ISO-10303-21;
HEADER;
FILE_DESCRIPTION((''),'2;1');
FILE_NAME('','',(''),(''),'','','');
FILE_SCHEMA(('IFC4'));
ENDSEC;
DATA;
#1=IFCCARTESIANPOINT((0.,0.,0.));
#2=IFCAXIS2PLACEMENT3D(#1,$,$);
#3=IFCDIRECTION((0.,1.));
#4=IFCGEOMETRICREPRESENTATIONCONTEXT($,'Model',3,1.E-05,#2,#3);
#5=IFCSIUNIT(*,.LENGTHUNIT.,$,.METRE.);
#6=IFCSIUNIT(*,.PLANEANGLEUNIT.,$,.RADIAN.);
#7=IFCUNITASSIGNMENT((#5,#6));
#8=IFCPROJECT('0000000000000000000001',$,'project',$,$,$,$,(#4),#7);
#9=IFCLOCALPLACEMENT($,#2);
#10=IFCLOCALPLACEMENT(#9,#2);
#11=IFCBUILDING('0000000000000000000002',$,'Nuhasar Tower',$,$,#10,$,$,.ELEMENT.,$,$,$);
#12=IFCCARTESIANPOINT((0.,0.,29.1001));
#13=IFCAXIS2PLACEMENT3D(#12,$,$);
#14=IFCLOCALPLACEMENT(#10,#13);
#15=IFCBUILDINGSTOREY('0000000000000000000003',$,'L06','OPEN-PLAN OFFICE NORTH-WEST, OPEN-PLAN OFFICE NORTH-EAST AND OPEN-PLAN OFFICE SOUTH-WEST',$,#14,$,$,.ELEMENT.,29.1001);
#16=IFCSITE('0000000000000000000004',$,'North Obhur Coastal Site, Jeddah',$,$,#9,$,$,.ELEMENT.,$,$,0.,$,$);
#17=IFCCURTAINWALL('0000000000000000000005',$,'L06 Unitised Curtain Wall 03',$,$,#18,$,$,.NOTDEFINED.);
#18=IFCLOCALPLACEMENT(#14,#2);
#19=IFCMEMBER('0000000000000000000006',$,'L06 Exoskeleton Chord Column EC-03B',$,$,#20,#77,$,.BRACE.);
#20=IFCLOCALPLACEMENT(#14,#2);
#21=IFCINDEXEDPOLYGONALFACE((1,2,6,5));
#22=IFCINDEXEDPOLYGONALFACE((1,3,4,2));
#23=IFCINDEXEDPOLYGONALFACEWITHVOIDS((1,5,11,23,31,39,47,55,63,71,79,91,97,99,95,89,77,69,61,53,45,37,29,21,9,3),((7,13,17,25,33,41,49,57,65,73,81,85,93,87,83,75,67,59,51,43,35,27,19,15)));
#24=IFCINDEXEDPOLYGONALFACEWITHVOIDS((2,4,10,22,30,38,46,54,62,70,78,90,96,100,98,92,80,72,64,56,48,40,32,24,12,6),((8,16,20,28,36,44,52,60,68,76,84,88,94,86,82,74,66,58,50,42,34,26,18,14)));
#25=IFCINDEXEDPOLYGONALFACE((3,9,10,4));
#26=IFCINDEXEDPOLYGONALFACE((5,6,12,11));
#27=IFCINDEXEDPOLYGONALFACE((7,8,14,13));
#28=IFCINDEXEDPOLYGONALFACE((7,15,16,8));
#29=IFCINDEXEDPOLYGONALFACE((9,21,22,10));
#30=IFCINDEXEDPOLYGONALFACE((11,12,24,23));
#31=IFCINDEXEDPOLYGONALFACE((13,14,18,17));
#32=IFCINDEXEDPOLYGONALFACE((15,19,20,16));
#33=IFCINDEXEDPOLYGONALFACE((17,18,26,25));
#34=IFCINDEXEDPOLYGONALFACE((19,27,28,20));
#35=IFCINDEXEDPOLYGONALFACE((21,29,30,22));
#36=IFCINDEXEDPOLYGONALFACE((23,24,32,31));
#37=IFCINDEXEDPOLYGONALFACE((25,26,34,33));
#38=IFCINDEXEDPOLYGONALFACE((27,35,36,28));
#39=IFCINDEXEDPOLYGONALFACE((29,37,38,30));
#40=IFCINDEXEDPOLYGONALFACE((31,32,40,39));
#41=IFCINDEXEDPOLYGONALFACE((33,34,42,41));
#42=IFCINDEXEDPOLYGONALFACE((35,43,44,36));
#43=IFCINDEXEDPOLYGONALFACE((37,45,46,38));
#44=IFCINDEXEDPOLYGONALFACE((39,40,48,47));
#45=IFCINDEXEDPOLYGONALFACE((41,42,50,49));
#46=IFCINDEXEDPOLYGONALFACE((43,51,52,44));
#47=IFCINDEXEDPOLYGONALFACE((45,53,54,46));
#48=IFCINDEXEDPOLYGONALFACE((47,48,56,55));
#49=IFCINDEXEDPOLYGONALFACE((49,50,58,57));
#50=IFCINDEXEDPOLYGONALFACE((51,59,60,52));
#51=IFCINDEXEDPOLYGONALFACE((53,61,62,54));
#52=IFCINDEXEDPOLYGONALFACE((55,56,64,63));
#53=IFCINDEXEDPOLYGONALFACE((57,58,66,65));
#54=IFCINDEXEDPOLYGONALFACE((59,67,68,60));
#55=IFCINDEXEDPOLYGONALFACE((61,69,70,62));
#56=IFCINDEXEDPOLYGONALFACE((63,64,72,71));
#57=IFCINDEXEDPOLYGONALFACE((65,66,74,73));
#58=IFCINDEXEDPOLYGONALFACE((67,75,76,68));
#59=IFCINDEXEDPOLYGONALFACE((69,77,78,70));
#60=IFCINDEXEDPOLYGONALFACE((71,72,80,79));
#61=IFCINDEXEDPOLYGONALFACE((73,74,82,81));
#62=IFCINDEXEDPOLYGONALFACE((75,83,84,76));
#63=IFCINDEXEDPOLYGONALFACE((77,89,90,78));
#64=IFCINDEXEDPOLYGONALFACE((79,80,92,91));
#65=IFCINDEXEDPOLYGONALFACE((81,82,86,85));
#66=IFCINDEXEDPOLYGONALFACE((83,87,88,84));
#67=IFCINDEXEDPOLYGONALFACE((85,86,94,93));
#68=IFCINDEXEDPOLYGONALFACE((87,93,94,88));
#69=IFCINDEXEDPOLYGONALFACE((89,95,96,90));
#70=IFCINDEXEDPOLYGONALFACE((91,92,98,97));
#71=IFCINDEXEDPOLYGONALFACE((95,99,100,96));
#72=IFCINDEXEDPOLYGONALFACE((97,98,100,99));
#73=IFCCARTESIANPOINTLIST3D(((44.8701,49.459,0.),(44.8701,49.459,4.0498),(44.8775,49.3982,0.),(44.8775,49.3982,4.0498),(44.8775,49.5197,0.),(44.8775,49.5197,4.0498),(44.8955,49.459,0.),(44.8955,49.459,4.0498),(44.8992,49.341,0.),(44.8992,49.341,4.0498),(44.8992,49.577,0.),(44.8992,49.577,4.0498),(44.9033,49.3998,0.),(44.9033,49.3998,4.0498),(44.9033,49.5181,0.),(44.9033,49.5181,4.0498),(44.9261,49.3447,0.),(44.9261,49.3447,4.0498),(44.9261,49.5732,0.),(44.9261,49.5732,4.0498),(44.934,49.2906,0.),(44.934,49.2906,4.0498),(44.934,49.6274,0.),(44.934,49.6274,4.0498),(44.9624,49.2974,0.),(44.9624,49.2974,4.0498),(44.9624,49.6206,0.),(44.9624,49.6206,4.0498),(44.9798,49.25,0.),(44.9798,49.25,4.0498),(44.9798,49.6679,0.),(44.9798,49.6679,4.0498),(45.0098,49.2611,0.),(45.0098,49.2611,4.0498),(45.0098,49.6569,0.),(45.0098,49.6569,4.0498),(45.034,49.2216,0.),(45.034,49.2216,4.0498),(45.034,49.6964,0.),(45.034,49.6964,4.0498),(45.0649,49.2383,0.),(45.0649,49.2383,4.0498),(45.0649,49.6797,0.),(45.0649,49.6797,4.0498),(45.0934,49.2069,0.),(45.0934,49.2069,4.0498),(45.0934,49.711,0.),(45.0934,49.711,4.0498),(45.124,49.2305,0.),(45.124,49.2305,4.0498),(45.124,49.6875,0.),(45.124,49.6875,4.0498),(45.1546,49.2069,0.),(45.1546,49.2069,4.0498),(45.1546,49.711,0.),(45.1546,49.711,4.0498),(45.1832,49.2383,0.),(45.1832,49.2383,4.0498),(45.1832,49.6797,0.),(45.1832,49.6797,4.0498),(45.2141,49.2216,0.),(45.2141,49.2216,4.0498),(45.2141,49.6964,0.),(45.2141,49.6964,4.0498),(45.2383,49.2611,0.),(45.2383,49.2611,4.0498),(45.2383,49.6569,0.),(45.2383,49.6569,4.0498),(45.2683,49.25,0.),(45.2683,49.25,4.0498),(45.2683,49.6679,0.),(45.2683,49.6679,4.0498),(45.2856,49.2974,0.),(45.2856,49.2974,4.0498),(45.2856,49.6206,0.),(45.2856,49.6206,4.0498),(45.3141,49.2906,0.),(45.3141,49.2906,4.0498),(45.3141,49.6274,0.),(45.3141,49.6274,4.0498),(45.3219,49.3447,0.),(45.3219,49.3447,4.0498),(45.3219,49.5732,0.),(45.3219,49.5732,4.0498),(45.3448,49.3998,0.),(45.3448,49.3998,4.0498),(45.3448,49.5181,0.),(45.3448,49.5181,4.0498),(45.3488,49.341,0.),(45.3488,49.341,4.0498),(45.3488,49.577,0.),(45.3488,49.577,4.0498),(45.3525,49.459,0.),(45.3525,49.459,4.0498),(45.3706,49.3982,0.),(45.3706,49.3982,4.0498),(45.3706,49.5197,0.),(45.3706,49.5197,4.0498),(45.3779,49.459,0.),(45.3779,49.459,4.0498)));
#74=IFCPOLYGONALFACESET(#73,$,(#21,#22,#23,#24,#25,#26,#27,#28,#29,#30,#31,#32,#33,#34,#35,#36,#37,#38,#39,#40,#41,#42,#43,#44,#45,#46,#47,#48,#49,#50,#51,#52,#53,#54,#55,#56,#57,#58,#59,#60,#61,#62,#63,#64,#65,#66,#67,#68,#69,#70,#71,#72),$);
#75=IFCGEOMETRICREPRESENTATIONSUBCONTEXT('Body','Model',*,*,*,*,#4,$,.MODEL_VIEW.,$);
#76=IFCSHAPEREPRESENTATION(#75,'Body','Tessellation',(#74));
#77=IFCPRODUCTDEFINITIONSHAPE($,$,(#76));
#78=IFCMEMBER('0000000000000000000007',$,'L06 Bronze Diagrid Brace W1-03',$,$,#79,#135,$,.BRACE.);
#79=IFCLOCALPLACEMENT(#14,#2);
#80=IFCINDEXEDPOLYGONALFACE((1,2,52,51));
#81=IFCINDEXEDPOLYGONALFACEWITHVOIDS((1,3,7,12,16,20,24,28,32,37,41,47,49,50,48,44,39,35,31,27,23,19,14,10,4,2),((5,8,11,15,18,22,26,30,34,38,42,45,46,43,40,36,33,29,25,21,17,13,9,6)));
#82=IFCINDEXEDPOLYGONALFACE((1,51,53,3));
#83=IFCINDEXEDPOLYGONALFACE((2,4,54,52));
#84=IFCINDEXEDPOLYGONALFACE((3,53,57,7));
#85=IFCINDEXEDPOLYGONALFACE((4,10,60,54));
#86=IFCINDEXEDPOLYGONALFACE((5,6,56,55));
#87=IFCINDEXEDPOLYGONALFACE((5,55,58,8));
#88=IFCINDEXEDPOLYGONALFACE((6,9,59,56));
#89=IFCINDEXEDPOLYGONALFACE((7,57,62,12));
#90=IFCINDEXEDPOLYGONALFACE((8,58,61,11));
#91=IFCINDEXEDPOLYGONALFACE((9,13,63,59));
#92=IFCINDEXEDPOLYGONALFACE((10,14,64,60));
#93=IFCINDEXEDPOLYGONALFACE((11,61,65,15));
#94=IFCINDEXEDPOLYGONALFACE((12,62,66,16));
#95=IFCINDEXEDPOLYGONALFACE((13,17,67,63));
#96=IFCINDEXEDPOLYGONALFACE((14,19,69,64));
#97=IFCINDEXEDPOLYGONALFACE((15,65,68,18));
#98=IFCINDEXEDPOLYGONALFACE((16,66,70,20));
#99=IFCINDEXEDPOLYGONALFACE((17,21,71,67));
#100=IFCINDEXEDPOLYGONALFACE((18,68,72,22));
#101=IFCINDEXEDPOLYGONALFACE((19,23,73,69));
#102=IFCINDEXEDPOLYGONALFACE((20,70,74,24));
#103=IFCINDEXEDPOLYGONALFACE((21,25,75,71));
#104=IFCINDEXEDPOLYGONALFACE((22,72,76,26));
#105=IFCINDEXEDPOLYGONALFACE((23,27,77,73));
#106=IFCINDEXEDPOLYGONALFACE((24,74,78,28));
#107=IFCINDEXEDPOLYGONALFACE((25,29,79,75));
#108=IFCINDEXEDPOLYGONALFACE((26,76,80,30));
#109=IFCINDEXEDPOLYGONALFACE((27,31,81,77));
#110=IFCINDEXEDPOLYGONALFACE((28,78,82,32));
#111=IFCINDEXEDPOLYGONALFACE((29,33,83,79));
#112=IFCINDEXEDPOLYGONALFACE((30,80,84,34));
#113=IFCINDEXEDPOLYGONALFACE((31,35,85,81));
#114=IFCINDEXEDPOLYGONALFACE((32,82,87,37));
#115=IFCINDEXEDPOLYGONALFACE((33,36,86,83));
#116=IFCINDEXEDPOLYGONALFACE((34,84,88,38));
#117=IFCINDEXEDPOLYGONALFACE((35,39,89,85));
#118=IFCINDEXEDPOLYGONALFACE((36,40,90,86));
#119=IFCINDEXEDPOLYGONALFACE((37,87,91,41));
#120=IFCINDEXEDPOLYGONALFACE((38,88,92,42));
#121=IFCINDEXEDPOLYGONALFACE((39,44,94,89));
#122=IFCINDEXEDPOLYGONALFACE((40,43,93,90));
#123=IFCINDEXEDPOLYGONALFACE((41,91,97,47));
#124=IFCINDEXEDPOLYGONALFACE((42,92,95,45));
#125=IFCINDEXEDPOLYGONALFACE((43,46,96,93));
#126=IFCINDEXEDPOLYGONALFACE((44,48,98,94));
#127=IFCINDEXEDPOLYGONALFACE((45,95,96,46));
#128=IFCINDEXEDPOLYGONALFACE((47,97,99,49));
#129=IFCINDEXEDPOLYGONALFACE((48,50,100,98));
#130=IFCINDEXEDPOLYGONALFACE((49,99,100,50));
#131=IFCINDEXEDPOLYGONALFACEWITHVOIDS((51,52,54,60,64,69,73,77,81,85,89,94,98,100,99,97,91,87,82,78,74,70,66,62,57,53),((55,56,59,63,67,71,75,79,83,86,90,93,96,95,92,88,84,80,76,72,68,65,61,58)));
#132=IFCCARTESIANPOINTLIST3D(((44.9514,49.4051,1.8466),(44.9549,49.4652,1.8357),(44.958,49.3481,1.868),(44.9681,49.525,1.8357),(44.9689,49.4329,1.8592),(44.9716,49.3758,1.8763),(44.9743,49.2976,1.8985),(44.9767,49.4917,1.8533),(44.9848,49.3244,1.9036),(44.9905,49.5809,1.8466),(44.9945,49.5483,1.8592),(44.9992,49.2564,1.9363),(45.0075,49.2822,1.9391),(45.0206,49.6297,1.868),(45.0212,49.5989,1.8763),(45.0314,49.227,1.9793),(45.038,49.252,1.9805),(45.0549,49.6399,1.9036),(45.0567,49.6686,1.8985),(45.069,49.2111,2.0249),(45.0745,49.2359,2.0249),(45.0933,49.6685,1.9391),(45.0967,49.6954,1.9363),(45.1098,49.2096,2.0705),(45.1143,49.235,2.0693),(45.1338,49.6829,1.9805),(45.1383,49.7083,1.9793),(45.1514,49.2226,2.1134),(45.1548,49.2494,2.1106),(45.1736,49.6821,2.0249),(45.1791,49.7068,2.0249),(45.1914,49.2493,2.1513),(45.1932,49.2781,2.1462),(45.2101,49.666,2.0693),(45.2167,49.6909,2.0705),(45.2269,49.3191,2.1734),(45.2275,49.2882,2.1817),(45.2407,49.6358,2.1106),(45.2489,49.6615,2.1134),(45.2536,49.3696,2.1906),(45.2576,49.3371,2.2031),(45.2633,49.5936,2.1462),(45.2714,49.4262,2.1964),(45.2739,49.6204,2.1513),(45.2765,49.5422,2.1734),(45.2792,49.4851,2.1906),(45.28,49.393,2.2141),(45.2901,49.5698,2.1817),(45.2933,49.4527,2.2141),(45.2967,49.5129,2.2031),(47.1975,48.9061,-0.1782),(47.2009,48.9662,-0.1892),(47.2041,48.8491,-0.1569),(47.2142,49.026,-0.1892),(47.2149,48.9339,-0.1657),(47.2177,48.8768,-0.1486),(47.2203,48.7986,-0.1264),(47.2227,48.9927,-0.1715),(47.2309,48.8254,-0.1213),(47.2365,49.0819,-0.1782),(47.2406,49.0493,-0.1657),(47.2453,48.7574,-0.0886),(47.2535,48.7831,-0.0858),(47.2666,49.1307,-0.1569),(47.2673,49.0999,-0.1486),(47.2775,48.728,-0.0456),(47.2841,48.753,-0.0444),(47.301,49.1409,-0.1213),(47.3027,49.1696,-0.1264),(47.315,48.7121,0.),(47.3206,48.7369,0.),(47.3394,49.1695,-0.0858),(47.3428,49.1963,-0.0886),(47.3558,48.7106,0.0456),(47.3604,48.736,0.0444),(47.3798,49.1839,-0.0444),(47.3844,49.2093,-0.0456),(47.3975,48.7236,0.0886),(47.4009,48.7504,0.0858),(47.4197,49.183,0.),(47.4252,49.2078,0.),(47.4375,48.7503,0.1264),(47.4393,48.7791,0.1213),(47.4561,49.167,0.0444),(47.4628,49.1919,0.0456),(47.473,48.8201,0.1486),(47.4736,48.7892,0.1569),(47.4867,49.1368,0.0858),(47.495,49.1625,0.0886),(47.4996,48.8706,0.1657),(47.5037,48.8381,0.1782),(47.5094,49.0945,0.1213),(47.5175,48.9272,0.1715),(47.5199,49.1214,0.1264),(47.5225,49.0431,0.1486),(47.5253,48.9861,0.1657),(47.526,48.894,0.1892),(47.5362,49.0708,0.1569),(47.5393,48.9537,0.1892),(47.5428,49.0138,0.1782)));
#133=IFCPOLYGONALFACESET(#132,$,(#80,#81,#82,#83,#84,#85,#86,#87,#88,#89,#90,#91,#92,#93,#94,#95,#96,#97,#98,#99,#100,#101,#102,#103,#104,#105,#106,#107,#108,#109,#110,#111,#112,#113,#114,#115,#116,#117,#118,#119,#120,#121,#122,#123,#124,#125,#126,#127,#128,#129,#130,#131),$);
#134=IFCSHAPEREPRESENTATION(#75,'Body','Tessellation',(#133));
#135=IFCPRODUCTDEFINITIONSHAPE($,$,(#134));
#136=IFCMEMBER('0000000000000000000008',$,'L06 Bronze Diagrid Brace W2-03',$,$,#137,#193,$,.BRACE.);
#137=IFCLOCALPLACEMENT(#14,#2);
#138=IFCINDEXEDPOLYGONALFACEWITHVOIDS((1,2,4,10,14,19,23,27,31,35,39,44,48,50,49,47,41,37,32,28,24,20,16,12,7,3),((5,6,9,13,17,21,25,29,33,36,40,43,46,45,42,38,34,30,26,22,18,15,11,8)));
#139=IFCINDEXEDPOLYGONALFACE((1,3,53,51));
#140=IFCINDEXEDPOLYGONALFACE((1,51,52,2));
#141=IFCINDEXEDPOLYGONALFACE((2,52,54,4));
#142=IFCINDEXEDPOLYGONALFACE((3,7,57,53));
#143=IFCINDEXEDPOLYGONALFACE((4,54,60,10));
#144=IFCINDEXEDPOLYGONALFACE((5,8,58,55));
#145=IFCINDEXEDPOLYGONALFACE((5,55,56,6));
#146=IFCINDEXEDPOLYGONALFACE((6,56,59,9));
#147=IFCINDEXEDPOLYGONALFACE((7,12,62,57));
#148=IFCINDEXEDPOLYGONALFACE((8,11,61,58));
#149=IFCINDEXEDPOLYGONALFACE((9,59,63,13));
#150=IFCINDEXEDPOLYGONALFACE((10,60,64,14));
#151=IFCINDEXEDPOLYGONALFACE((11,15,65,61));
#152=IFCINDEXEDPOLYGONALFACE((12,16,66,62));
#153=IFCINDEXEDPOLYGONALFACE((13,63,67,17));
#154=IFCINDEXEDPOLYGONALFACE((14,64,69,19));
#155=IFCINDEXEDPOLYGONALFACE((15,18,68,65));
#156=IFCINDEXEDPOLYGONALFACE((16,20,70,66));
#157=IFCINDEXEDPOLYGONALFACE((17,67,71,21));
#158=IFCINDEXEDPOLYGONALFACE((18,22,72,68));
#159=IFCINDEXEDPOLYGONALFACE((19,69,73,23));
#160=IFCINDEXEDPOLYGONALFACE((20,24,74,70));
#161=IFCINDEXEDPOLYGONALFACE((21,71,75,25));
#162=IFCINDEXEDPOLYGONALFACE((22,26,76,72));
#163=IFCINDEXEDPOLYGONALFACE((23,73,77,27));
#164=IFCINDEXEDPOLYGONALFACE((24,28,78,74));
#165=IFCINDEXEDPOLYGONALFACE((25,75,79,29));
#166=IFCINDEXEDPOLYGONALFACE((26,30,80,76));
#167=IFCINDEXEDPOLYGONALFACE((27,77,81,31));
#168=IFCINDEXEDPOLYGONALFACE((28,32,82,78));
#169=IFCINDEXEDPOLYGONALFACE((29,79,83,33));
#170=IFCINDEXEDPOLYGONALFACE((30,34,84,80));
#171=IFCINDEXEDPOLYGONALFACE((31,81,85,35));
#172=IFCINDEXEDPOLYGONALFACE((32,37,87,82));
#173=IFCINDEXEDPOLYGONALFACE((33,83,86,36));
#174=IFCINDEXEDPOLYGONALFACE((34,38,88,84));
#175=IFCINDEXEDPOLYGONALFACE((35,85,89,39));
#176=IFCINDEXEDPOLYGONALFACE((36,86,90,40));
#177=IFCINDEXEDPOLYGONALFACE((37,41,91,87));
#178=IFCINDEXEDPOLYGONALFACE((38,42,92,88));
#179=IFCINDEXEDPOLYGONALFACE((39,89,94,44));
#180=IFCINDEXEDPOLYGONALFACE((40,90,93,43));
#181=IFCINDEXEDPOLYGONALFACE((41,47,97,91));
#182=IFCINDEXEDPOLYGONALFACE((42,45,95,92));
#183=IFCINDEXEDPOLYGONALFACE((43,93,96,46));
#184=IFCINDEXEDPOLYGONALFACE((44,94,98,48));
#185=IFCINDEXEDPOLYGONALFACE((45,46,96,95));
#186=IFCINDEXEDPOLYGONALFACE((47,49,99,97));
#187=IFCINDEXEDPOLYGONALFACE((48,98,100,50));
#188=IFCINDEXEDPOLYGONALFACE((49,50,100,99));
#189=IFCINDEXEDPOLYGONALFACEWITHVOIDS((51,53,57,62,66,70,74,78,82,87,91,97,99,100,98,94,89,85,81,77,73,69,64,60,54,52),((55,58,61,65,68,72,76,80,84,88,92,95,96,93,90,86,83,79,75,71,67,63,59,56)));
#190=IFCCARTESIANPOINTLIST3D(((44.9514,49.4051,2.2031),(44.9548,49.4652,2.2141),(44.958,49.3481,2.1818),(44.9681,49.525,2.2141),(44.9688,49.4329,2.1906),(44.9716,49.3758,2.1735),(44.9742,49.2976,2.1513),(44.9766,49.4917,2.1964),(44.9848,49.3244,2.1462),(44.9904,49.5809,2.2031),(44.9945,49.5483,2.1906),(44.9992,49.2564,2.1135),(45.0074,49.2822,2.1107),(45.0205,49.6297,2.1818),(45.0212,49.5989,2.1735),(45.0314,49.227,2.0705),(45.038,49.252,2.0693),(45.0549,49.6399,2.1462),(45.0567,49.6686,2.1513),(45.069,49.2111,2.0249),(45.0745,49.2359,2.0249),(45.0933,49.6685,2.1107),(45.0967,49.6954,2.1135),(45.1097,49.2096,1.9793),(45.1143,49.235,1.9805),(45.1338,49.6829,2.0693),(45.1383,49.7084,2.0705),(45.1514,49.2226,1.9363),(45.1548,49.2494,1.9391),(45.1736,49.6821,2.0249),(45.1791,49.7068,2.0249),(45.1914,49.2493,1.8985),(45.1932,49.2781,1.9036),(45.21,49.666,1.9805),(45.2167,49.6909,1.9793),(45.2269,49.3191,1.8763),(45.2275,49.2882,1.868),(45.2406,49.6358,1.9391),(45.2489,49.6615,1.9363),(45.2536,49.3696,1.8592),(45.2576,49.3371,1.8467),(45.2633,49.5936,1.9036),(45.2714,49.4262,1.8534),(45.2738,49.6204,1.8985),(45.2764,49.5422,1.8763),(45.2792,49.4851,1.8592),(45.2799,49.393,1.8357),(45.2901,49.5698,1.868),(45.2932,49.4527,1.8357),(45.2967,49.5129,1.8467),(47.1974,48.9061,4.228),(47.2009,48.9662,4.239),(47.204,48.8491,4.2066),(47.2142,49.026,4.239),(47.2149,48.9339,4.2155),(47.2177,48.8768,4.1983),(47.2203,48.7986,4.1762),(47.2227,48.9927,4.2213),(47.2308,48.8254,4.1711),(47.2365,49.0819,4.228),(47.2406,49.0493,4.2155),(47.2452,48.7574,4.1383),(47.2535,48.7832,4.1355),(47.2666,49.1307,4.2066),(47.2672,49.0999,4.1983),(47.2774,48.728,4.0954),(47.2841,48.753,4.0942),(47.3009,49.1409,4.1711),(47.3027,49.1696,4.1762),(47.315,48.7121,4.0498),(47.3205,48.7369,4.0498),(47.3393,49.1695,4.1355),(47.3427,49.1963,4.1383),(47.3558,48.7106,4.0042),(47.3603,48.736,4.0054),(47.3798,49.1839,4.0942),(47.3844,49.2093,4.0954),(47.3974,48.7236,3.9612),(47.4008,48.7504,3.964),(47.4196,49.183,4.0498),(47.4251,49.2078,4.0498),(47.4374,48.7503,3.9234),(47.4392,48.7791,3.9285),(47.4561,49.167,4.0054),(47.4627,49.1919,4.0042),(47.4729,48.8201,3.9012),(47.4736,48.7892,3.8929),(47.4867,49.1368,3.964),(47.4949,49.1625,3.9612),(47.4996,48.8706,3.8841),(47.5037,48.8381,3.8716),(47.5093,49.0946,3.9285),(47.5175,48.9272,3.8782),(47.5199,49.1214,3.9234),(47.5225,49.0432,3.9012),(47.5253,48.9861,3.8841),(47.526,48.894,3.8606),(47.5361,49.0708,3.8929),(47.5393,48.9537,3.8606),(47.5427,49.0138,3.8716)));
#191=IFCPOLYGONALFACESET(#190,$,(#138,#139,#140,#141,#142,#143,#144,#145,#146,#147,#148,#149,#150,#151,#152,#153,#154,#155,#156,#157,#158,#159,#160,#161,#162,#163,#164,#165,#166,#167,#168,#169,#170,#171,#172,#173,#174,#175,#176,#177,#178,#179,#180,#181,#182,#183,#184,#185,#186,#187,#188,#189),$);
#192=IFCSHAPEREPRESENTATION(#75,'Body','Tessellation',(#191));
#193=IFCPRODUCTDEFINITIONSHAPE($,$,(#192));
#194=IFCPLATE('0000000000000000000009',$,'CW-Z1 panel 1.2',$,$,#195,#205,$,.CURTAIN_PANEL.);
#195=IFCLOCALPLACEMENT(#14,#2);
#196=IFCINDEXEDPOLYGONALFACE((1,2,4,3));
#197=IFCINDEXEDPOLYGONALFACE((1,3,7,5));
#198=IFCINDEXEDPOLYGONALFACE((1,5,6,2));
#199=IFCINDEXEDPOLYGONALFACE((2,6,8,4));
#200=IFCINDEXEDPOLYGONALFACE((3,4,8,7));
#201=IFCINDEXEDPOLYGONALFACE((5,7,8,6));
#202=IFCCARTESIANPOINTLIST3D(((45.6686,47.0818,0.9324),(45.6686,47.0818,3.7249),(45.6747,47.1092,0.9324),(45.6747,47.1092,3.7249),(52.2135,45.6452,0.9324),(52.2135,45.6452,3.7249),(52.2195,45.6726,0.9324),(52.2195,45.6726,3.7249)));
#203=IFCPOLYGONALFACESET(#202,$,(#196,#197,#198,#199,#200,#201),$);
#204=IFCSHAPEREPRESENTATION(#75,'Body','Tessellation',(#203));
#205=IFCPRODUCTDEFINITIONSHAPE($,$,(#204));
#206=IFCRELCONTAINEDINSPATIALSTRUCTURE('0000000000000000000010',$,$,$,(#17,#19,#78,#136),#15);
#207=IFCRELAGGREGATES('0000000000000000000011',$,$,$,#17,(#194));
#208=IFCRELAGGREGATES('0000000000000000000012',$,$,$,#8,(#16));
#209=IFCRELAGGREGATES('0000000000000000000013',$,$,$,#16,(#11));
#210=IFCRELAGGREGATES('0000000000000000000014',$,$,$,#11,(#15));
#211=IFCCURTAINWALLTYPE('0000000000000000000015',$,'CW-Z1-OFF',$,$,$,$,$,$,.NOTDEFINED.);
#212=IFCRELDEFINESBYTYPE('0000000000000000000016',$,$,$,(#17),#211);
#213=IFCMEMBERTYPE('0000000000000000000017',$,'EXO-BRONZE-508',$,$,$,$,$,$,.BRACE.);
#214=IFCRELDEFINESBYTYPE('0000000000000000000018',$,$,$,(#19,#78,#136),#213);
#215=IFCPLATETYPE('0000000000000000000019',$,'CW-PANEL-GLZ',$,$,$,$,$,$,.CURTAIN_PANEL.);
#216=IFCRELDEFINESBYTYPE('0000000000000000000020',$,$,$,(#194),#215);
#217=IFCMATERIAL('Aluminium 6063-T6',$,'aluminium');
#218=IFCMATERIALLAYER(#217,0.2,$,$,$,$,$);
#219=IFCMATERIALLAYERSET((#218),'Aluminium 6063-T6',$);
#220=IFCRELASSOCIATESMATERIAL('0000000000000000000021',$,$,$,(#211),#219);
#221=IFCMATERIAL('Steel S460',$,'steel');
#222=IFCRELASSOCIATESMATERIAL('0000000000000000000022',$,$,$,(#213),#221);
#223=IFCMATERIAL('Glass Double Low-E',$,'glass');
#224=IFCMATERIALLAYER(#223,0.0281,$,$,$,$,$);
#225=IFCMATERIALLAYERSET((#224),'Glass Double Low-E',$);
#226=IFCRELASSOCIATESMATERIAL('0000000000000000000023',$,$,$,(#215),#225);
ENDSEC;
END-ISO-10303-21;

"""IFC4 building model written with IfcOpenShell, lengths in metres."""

from ifc_helpers import new_model, si_unit, direction, frame, origin, origin_2d, place, context, subcontext, project, spatial, rectangle, hollow_circle, extrude, material, layer, layer_set, material_profile, profile_set, type_object, element, aggregate, save


model = new_model("IFC4")

# Units and contexts
model_context = context("Model", 3, precision=1e-05, world=origin(), true_north=direction((0.0, 1.0)))
body_context = subcontext(model_context, "Body", "Model", "MODEL_VIEW")
ifc_project = project(units=[si_unit("LENGTHUNIT", "METRE"), si_unit("PLANEANGLEUNIT", "RADIAN")], contexts=[model_context])

# Site, building, storey
site_placement = place(None, origin())
site = spatial("IfcSite", under=ifc_project, at=site_placement, Name="North Obhur Coastal Site, Jeddah", CompositionType="ELEMENT", RefElevation=0.0)
building_placement = place(site_placement, origin())
building = spatial("IfcBuilding", under=site, at=building_placement, Name="Nuhasar Tower", CompositionType="ELEMENT")
storey_placement = place(building_placement, frame((0.0, 0.0, 29.1001)))
storey = spatial("IfcBuildingStorey", under=building, at=storey_placement, Name="L06", Description="OPEN-PLAN OFFICE NORTH-WEST, OPEN-PLAN OFFICE NORTH-EAST AND OPEN-PLAN OFFICE SOUTH-WEST", CompositionType="ELEMENT", Elevation=29.1001)

# Curtain wall
ifc_material_1 = material(Name="Aluminium 6063-T6", Category="aluminium")
ifc_layer_1 = layer(ifc_material_1, 0.2)
ifc_layer_set_1 = layer_set([ifc_layer_1], Name="Aluminium 6063-T6")
curtain_wall_type = type_object("IfcCurtainWallType", Name="CW-Z1-OFF", PredefinedType="NOTDEFINED", material=ifc_layer_set_1)
curtain_wall_placement = place(storey_placement, origin())
curtain_wall = element("IfcCurtainWall", 1, at=curtain_wall_placement, inside=storey, type_object=curtain_wall_type, Name="L06 Unitised Curtain Wall 03", PredefinedType="NOTDEFINED")

# Members
ifc_material_2 = material(Name="Steel S460", Category="steel")
ifc_material_profile_1 = material_profile(ifc_material_2, hollow_circle(Radius=0.2539, WallThickness=0.0254, at=origin_2d()), Name="HSS508X25.4")
ifc_profile_set_1 = profile_set([ifc_material_profile_1], Name="Steel S460")
member_type_1 = type_object("IfcMemberType", Name="EXO-BRONZE-508", PredefinedType="BRACE", material=ifc_profile_set_1)
for number, where, z_axis, x_axis, name in (
    (2, (45.124, 49.459, 0.0), (0.0, 0.0, 1.0), (1.0, 0.0, 0.0), "L06 Exoskeleton Chord Column EC-03B"),
):
    element("IfcMember", number, at=place(storey_placement, frame(where, z_axis=z_axis, x_axis=x_axis)), inside=storey, type_object=member_type_1, Name=name, PredefinedType="BRACE", context=body_context, shape_type="SweptSolid", body=[
        extrude(hollow_circle(Radius=0.2539, WallThickness=0.0254, at=origin_2d()), origin(), (0.0, 0.0, 1.0), 4.0498),
    ])
for number, where, z_axis, x_axis, name in (
    (3, (47.3701, 48.96, 0.0), (-0.732821, 0.162814, 0.660654), (-0.216886, -0.976197, 0.0), "L06 Bronze Diagrid Brace W1-03"),
    (4, (45.124, 49.459, 2.0249), (0.732821, -0.162814, 0.660654), (0.216886, 0.976197, 0.0), "L06 Bronze Diagrid Brace W2-03"),
):
    element("IfcMember", number, at=place(storey_placement, frame(where, z_axis=z_axis, x_axis=x_axis)), inside=storey, type_object=member_type_1, Name=name, PredefinedType="BRACE", context=body_context, shape_type="SweptSolid", body=[
        extrude(hollow_circle(Radius=0.2539, WallThickness=0.0254, at=origin_2d()), origin(), (0.0, 0.0, 1.0), 3.0649),
    ])

# Plate
ifc_material_3 = material(Name="Glass Double Low-E", Category="glass")
ifc_layer_2 = layer(ifc_material_3, 0.0281)
ifc_layer_set_2 = layer_set([ifc_layer_2], Name="Glass Double Low-E")
plate_type_1 = type_object("IfcPlateType", Name="CW-PANEL-GLZ", PredefinedType="CURTAIN_PANEL", material=ifc_layer_set_2)
plate_1_placement = place(storey_placement, frame((48.9441, 46.3772, 0.9324), z_axis=(0.0, 0.0, 1.0), x_axis=(-0.976746, 0.214399, 0.0)))
plate_1 = element("IfcPlate", 5, at=plate_1_placement, type_object=plate_type_1, Name="CW-Z1 panel 1.2", PredefinedType="CURTAIN_PANEL", context=body_context, shape_type="SweptSolid", body=[
    extrude(rectangle(XDim=6.7007, YDim=0.0281, at=origin_2d()), origin(), (0.0, 0.0, 1.0), 2.7925),
])
aggregate(curtain_wall, [plate_1])

save(model, "model.ifc")
